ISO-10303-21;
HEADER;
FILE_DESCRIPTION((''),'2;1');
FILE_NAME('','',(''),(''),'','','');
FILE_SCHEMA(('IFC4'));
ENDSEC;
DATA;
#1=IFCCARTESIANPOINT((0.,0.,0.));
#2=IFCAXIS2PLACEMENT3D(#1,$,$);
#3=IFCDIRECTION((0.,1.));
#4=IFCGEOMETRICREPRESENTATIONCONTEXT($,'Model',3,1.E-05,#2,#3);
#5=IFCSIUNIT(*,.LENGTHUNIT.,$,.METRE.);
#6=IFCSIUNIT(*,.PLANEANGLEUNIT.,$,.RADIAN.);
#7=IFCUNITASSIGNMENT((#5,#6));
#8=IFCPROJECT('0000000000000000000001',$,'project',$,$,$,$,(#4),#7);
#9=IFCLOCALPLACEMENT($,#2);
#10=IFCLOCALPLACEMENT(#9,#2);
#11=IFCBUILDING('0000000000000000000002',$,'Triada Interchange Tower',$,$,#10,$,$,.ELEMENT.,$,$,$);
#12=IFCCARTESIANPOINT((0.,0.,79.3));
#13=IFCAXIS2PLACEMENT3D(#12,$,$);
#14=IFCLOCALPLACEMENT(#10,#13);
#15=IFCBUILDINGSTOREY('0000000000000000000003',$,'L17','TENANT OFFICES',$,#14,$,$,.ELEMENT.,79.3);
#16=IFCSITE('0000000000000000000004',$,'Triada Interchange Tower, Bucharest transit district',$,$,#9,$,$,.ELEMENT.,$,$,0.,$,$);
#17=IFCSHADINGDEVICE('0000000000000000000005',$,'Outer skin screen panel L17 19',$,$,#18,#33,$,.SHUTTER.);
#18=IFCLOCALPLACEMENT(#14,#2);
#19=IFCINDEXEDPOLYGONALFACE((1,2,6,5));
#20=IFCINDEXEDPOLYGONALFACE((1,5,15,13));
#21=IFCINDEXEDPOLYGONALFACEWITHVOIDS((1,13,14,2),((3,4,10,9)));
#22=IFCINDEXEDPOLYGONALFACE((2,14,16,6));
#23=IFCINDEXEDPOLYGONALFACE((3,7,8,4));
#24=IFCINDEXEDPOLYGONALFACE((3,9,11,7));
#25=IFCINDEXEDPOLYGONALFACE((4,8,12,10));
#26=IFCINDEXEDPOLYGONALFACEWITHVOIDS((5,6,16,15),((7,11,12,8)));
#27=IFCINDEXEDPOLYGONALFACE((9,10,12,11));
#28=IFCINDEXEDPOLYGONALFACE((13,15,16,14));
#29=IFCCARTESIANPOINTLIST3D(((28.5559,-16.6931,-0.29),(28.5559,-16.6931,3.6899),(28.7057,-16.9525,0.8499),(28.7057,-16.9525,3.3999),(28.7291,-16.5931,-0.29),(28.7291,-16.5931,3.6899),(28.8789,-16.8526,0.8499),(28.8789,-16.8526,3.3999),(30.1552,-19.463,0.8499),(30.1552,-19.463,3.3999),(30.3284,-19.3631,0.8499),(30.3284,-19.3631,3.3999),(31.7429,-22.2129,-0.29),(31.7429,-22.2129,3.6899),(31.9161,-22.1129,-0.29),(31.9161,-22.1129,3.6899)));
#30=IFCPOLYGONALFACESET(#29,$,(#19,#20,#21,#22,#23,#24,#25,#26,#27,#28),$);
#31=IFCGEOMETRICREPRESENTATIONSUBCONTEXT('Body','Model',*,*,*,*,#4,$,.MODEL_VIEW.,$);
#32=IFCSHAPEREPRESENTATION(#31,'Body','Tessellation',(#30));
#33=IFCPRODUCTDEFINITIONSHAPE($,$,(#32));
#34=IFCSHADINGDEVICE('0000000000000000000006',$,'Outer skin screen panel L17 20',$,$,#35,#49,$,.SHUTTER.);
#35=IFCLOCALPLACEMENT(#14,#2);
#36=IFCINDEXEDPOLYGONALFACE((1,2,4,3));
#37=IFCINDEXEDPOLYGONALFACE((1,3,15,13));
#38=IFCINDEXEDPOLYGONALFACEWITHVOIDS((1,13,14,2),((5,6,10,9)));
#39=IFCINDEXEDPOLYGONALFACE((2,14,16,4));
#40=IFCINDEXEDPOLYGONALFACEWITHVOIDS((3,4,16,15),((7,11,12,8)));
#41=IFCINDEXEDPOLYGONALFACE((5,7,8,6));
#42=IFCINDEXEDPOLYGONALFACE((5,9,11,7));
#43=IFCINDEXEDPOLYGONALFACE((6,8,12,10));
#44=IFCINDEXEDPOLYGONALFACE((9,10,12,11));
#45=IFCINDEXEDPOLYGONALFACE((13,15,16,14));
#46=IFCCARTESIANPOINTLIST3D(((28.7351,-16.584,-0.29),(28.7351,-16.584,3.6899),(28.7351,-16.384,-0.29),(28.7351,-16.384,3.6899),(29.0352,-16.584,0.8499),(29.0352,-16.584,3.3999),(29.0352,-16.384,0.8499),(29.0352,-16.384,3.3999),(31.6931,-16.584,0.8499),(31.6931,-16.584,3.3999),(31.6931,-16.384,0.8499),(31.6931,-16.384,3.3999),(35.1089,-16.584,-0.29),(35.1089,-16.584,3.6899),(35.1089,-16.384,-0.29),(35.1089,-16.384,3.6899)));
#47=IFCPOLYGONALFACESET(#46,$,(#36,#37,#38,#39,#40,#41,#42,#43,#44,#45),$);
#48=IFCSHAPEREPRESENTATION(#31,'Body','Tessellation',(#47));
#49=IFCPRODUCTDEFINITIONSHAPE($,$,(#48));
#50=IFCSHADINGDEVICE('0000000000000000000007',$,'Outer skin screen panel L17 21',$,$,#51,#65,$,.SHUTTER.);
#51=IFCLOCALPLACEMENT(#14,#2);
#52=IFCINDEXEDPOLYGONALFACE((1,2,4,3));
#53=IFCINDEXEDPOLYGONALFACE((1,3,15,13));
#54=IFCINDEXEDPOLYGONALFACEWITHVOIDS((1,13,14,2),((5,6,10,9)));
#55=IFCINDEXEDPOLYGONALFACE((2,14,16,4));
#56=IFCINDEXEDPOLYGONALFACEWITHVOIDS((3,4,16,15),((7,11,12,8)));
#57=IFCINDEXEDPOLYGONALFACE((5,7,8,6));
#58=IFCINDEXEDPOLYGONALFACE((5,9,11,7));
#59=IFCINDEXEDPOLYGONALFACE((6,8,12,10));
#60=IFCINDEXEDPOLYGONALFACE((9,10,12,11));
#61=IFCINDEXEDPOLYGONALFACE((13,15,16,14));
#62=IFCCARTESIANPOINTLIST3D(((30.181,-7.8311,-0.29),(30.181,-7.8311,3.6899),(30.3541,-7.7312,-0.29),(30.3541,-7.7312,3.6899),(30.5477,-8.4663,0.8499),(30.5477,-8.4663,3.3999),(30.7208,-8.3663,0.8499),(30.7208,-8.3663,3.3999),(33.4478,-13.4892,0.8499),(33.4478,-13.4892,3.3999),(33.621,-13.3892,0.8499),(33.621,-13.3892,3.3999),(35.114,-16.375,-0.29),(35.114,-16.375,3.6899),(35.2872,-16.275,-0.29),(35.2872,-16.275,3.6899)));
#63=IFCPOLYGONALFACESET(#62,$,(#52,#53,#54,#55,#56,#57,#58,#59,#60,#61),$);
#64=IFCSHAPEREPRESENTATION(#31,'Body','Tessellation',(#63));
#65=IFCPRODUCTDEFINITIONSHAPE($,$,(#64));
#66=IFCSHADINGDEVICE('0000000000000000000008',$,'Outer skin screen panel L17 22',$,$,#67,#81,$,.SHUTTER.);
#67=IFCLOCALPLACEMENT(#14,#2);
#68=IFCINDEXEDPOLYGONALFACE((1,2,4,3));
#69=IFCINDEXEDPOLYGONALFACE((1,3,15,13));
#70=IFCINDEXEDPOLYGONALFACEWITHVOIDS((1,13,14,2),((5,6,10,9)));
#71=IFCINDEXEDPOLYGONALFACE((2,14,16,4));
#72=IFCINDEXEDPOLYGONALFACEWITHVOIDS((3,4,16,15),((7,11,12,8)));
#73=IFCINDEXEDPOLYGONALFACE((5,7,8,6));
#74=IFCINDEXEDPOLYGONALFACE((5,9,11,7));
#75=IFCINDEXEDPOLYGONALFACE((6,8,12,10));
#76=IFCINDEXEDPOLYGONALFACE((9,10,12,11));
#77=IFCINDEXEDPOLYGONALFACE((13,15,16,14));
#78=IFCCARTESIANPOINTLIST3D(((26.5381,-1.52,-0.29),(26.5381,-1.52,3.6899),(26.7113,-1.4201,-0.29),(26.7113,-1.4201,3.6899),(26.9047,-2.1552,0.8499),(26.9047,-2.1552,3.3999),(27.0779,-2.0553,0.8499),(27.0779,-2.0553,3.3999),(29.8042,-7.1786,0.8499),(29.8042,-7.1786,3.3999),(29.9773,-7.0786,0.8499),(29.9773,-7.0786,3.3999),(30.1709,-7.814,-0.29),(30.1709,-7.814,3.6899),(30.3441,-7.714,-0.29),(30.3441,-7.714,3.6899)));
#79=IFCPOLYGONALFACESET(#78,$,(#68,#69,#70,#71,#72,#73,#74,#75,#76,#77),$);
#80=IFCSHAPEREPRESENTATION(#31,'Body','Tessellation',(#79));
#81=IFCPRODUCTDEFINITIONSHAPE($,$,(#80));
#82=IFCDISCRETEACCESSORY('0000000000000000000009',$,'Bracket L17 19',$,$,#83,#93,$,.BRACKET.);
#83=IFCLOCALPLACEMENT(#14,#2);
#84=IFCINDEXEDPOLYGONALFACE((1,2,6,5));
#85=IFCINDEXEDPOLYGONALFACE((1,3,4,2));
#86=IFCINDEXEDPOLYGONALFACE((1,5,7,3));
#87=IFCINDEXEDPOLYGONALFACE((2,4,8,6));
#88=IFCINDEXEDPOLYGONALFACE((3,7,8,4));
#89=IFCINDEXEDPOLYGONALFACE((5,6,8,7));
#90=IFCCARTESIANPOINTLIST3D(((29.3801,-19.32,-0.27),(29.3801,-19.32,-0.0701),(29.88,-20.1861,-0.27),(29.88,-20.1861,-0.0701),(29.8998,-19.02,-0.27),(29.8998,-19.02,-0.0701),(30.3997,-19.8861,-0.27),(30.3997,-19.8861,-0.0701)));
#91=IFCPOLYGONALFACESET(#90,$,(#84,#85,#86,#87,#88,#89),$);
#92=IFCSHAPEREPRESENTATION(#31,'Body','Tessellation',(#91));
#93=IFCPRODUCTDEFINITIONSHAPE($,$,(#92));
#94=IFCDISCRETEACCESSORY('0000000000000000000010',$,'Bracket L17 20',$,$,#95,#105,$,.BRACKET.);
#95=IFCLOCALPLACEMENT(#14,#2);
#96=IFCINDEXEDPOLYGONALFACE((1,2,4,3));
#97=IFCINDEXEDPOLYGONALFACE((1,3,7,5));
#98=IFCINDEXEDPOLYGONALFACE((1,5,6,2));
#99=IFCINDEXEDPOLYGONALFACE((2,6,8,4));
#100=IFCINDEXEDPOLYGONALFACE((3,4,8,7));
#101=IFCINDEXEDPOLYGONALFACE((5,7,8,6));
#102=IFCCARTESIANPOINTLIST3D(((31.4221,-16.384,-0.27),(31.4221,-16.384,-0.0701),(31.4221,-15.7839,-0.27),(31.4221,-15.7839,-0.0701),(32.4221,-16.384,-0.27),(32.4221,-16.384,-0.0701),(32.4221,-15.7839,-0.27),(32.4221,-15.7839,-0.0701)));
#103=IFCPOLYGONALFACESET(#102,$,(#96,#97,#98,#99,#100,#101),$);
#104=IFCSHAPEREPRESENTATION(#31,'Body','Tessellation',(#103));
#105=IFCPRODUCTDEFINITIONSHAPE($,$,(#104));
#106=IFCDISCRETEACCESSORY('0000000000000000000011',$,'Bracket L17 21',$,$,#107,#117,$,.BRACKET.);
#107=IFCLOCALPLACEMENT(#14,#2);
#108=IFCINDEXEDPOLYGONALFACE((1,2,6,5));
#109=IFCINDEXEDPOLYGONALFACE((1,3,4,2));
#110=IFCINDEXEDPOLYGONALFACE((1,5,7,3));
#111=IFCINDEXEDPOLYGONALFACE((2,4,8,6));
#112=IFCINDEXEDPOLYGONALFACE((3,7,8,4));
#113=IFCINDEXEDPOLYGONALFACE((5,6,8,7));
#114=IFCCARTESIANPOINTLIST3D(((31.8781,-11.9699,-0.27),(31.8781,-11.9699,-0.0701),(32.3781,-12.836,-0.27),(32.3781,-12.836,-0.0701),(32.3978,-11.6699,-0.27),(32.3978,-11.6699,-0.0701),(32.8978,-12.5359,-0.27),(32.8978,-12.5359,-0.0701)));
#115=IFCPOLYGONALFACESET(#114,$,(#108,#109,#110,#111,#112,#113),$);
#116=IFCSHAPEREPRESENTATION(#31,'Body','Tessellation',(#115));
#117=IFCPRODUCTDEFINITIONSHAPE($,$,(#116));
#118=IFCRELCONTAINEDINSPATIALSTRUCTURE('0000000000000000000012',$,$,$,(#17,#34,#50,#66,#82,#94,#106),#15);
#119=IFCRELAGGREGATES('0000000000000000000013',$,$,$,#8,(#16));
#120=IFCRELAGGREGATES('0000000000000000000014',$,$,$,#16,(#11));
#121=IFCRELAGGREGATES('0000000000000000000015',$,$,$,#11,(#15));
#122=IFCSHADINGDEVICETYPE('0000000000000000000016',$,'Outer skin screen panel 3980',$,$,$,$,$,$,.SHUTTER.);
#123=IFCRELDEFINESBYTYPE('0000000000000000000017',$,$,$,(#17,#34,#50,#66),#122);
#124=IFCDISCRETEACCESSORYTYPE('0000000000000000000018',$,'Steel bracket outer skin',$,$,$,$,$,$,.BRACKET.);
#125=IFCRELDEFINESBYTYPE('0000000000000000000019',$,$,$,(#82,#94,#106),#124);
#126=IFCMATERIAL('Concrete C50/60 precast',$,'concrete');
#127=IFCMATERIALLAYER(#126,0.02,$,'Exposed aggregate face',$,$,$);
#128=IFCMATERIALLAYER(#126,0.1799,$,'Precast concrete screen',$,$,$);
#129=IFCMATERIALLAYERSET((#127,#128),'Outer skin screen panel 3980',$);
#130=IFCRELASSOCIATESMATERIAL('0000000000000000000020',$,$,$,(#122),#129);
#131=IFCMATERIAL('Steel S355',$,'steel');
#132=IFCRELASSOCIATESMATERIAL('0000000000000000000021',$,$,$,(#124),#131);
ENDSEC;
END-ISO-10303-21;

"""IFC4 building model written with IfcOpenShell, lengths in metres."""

from ifc_helpers import new_model, si_unit, direction, frame, origin, origin_2d, place, context, subcontext, project, spatial, polyline, rectangle, outline, extrude, material, layer, layer_set, type_object, element, save


model = new_model("IFC4")

# Units and contexts
model_context = context("Model", 3, precision=1e-05, world=origin(), true_north=direction((0.0, 1.0)))
body_context = subcontext(model_context, "Body", "Model", "MODEL_VIEW")
ifc_project = project(units=[si_unit("LENGTHUNIT", "METRE"), si_unit("PLANEANGLEUNIT", "RADIAN")], contexts=[model_context])

# Site, building, storey
site_placement = place(None, origin())
site = spatial("IfcSite", under=ifc_project, at=site_placement, Name="Triada Interchange Tower, Bucharest transit district", CompositionType="ELEMENT", RefElevation=0.0)
building_placement = place(site_placement, origin())
building = spatial("IfcBuilding", under=site, at=building_placement, Name="Triada Interchange Tower", CompositionType="ELEMENT")
storey_placement = place(building_placement, frame((0.0, 0.0, 79.3)))
storey = spatial("IfcBuildingStorey", under=building, at=storey_placement, Name="L17", Description="TENANT OFFICES", CompositionType="ELEMENT", Elevation=79.3)

# Shading devices
ifc_material_1 = material(Name="Concrete C50/60 precast", Category="concrete")
ifc_layer_1 = layer(ifc_material_1, 0.02, Name="Exposed aggregate face")
ifc_layer_2 = layer(ifc_material_1, 0.1799, Name="Precast concrete screen")
ifc_layer_set_1 = layer_set([ifc_layer_1, ifc_layer_2], Name="Outer skin screen panel 3980")
shading_device_type = type_object("IfcShadingDeviceType", Name="Outer skin screen panel 3980", PredefinedType="SHUTTER", material=ifc_layer_set_1)
shading_device_1_placement = place(storey_placement, frame((31.7429, -22.2129, -0.29), z_axis=(0.0, 0.0, 1.0), x_axis=(-0.50002, 0.866014, 0.0)))
element("IfcShadingDevice", 1, at=shading_device_1_placement, inside=storey, type_object=shading_device_type, Name="Outer skin screen panel L17 19", PredefinedType="SHUTTER", context=body_context, shape_type="SweptSolid", body=[
    extrude(outline(polyline([(0.0, 0.0), (6.3738, 0.0), (6.3738, 3.98), (0.0, 3.98), (0.0, 0.0)]), holes=[polyline([(3.1753, 1.1399), (3.1753, 3.6899), (6.0742, 3.6899), (6.0742, 1.1399), (3.1753, 1.1399)])]), frame((0.0, 0.0, 0.0), z_axis=(0.0, -1.0, 0.0), x_axis=(1.0, 0.0, 0.0)), (0.0, 0.0, 1.0), 0.2),
])
shading_device_2_placement = place(storey_placement, frame((28.7351, -16.384, -0.29), z_axis=(0.0, 0.0, 1.0), x_axis=(1.0, 0.0, 0.0)))
element("IfcShadingDevice", 2, at=shading_device_2_placement, inside=storey, type_object=shading_device_type, Name="Outer skin screen panel L17 20", PredefinedType="SHUTTER", context=body_context, shape_type="SweptSolid", body=[
    extrude(outline(polyline([(0.0, 0.0), (6.3738, 0.0), (6.3738, 3.98), (0.0, 3.98), (0.0, 0.0)]), holes=[polyline([(0.3, 1.1399), (0.3, 3.6899), (2.958, 3.6899), (2.958, 1.1399), (0.3, 1.1399)])]), frame((0.0, 0.0, 0.0), z_axis=(0.0, -1.0, 0.0), x_axis=(1.0, 0.0, 0.0)), (0.0, 0.0, 1.0), 0.2),
])
shading_device_3_placement = place(storey_placement, frame((35.114, -16.375, -0.29), z_axis=(0.0, 0.0, 1.0), x_axis=(-0.500019, 0.866014, 0.0)))
element("IfcShadingDevice", 3, at=shading_device_3_placement, inside=storey, type_object=shading_device_type, Name="Outer skin screen panel L17 21", PredefinedType="SHUTTER", context=body_context, shape_type="SweptSolid", body=[
    extrude(outline(polyline([(0.0, 0.0), (9.8657, 0.0), (9.8657, 3.98), (0.0, 3.98), (0.0, 0.0)]), holes=[polyline([(3.3323, 1.1399), (3.3323, 3.6899), (9.1323, 3.6899), (9.1323, 1.1399), (3.3323, 1.1399)])]), frame((0.0, 0.0, 0.0), z_axis=(0.0, -1.0, 0.0), x_axis=(1.0, 0.0, 0.0)), (0.0, 0.0, 1.0), 0.2),
])
shading_device_4_placement = place(storey_placement, frame((30.1709, -7.814, -0.29), z_axis=(0.0, 0.0, 1.0), x_axis=(-0.499897, 0.866085, 0.0)))
element("IfcShadingDevice", 4, at=shading_device_4_placement, inside=storey, type_object=shading_device_type, Name="Outer skin screen panel L17 22", PredefinedType="SHUTTER", context=body_context, shape_type="SweptSolid", body=[
    extrude(outline(polyline([(0.0, 0.0), (7.2671, 0.0), (7.2671, 3.98), (0.0, 3.98), (0.0, 0.0)]), holes=[polyline([(0.7336, 1.1399), (0.7336, 3.6899), (6.5337, 3.6899), (6.5337, 1.1399), (0.7336, 1.1399)])]), frame((0.0, 0.0, 0.0), z_axis=(0.0, -1.0, 0.0), x_axis=(1.0, 0.0, 0.0)), (0.0, 0.0, 1.0), 0.2),
])

# Discrete accessories
ifc_material_2 = material(Name="Steel S355", Category="steel")
discrete_accessory_type = type_object("IfcDiscreteAccessoryType", Name="Steel bracket outer skin", PredefinedType="BRACKET", material=ifc_material_2)
for number, where, z_axis, x_axis, name in (
    (5, (29.8899, -19.603, -0.27), (0.0, 0.0, 1.0), (0.866062, 0.499936, 0.0), "Bracket L17 19"),
    (6, (31.9221, -16.084, -0.27), (0.0, 0.0, 1.0), (0.0, -1.0, 0.0), "Bracket L17 20"),
    (7, (32.3879, -12.2529, -0.27), (0.0, 0.0, 1.0), (0.866027, 0.499997, 0.0), "Bracket L17 21"),
):
    element("IfcDiscreteAccessory", number, at=place(storey_placement, frame(where, z_axis=z_axis, x_axis=x_axis)), inside=storey, type_object=discrete_accessory_type, Name=name, PredefinedType="BRACKET", context=body_context, shape_type="SweptSolid", body=[
        extrude(rectangle(XDim=0.6001, YDim=1.0, at=origin_2d()), origin(), (0.0, 0.0, 1.0), 0.2),
    ])

save(model, "model.ifc")
